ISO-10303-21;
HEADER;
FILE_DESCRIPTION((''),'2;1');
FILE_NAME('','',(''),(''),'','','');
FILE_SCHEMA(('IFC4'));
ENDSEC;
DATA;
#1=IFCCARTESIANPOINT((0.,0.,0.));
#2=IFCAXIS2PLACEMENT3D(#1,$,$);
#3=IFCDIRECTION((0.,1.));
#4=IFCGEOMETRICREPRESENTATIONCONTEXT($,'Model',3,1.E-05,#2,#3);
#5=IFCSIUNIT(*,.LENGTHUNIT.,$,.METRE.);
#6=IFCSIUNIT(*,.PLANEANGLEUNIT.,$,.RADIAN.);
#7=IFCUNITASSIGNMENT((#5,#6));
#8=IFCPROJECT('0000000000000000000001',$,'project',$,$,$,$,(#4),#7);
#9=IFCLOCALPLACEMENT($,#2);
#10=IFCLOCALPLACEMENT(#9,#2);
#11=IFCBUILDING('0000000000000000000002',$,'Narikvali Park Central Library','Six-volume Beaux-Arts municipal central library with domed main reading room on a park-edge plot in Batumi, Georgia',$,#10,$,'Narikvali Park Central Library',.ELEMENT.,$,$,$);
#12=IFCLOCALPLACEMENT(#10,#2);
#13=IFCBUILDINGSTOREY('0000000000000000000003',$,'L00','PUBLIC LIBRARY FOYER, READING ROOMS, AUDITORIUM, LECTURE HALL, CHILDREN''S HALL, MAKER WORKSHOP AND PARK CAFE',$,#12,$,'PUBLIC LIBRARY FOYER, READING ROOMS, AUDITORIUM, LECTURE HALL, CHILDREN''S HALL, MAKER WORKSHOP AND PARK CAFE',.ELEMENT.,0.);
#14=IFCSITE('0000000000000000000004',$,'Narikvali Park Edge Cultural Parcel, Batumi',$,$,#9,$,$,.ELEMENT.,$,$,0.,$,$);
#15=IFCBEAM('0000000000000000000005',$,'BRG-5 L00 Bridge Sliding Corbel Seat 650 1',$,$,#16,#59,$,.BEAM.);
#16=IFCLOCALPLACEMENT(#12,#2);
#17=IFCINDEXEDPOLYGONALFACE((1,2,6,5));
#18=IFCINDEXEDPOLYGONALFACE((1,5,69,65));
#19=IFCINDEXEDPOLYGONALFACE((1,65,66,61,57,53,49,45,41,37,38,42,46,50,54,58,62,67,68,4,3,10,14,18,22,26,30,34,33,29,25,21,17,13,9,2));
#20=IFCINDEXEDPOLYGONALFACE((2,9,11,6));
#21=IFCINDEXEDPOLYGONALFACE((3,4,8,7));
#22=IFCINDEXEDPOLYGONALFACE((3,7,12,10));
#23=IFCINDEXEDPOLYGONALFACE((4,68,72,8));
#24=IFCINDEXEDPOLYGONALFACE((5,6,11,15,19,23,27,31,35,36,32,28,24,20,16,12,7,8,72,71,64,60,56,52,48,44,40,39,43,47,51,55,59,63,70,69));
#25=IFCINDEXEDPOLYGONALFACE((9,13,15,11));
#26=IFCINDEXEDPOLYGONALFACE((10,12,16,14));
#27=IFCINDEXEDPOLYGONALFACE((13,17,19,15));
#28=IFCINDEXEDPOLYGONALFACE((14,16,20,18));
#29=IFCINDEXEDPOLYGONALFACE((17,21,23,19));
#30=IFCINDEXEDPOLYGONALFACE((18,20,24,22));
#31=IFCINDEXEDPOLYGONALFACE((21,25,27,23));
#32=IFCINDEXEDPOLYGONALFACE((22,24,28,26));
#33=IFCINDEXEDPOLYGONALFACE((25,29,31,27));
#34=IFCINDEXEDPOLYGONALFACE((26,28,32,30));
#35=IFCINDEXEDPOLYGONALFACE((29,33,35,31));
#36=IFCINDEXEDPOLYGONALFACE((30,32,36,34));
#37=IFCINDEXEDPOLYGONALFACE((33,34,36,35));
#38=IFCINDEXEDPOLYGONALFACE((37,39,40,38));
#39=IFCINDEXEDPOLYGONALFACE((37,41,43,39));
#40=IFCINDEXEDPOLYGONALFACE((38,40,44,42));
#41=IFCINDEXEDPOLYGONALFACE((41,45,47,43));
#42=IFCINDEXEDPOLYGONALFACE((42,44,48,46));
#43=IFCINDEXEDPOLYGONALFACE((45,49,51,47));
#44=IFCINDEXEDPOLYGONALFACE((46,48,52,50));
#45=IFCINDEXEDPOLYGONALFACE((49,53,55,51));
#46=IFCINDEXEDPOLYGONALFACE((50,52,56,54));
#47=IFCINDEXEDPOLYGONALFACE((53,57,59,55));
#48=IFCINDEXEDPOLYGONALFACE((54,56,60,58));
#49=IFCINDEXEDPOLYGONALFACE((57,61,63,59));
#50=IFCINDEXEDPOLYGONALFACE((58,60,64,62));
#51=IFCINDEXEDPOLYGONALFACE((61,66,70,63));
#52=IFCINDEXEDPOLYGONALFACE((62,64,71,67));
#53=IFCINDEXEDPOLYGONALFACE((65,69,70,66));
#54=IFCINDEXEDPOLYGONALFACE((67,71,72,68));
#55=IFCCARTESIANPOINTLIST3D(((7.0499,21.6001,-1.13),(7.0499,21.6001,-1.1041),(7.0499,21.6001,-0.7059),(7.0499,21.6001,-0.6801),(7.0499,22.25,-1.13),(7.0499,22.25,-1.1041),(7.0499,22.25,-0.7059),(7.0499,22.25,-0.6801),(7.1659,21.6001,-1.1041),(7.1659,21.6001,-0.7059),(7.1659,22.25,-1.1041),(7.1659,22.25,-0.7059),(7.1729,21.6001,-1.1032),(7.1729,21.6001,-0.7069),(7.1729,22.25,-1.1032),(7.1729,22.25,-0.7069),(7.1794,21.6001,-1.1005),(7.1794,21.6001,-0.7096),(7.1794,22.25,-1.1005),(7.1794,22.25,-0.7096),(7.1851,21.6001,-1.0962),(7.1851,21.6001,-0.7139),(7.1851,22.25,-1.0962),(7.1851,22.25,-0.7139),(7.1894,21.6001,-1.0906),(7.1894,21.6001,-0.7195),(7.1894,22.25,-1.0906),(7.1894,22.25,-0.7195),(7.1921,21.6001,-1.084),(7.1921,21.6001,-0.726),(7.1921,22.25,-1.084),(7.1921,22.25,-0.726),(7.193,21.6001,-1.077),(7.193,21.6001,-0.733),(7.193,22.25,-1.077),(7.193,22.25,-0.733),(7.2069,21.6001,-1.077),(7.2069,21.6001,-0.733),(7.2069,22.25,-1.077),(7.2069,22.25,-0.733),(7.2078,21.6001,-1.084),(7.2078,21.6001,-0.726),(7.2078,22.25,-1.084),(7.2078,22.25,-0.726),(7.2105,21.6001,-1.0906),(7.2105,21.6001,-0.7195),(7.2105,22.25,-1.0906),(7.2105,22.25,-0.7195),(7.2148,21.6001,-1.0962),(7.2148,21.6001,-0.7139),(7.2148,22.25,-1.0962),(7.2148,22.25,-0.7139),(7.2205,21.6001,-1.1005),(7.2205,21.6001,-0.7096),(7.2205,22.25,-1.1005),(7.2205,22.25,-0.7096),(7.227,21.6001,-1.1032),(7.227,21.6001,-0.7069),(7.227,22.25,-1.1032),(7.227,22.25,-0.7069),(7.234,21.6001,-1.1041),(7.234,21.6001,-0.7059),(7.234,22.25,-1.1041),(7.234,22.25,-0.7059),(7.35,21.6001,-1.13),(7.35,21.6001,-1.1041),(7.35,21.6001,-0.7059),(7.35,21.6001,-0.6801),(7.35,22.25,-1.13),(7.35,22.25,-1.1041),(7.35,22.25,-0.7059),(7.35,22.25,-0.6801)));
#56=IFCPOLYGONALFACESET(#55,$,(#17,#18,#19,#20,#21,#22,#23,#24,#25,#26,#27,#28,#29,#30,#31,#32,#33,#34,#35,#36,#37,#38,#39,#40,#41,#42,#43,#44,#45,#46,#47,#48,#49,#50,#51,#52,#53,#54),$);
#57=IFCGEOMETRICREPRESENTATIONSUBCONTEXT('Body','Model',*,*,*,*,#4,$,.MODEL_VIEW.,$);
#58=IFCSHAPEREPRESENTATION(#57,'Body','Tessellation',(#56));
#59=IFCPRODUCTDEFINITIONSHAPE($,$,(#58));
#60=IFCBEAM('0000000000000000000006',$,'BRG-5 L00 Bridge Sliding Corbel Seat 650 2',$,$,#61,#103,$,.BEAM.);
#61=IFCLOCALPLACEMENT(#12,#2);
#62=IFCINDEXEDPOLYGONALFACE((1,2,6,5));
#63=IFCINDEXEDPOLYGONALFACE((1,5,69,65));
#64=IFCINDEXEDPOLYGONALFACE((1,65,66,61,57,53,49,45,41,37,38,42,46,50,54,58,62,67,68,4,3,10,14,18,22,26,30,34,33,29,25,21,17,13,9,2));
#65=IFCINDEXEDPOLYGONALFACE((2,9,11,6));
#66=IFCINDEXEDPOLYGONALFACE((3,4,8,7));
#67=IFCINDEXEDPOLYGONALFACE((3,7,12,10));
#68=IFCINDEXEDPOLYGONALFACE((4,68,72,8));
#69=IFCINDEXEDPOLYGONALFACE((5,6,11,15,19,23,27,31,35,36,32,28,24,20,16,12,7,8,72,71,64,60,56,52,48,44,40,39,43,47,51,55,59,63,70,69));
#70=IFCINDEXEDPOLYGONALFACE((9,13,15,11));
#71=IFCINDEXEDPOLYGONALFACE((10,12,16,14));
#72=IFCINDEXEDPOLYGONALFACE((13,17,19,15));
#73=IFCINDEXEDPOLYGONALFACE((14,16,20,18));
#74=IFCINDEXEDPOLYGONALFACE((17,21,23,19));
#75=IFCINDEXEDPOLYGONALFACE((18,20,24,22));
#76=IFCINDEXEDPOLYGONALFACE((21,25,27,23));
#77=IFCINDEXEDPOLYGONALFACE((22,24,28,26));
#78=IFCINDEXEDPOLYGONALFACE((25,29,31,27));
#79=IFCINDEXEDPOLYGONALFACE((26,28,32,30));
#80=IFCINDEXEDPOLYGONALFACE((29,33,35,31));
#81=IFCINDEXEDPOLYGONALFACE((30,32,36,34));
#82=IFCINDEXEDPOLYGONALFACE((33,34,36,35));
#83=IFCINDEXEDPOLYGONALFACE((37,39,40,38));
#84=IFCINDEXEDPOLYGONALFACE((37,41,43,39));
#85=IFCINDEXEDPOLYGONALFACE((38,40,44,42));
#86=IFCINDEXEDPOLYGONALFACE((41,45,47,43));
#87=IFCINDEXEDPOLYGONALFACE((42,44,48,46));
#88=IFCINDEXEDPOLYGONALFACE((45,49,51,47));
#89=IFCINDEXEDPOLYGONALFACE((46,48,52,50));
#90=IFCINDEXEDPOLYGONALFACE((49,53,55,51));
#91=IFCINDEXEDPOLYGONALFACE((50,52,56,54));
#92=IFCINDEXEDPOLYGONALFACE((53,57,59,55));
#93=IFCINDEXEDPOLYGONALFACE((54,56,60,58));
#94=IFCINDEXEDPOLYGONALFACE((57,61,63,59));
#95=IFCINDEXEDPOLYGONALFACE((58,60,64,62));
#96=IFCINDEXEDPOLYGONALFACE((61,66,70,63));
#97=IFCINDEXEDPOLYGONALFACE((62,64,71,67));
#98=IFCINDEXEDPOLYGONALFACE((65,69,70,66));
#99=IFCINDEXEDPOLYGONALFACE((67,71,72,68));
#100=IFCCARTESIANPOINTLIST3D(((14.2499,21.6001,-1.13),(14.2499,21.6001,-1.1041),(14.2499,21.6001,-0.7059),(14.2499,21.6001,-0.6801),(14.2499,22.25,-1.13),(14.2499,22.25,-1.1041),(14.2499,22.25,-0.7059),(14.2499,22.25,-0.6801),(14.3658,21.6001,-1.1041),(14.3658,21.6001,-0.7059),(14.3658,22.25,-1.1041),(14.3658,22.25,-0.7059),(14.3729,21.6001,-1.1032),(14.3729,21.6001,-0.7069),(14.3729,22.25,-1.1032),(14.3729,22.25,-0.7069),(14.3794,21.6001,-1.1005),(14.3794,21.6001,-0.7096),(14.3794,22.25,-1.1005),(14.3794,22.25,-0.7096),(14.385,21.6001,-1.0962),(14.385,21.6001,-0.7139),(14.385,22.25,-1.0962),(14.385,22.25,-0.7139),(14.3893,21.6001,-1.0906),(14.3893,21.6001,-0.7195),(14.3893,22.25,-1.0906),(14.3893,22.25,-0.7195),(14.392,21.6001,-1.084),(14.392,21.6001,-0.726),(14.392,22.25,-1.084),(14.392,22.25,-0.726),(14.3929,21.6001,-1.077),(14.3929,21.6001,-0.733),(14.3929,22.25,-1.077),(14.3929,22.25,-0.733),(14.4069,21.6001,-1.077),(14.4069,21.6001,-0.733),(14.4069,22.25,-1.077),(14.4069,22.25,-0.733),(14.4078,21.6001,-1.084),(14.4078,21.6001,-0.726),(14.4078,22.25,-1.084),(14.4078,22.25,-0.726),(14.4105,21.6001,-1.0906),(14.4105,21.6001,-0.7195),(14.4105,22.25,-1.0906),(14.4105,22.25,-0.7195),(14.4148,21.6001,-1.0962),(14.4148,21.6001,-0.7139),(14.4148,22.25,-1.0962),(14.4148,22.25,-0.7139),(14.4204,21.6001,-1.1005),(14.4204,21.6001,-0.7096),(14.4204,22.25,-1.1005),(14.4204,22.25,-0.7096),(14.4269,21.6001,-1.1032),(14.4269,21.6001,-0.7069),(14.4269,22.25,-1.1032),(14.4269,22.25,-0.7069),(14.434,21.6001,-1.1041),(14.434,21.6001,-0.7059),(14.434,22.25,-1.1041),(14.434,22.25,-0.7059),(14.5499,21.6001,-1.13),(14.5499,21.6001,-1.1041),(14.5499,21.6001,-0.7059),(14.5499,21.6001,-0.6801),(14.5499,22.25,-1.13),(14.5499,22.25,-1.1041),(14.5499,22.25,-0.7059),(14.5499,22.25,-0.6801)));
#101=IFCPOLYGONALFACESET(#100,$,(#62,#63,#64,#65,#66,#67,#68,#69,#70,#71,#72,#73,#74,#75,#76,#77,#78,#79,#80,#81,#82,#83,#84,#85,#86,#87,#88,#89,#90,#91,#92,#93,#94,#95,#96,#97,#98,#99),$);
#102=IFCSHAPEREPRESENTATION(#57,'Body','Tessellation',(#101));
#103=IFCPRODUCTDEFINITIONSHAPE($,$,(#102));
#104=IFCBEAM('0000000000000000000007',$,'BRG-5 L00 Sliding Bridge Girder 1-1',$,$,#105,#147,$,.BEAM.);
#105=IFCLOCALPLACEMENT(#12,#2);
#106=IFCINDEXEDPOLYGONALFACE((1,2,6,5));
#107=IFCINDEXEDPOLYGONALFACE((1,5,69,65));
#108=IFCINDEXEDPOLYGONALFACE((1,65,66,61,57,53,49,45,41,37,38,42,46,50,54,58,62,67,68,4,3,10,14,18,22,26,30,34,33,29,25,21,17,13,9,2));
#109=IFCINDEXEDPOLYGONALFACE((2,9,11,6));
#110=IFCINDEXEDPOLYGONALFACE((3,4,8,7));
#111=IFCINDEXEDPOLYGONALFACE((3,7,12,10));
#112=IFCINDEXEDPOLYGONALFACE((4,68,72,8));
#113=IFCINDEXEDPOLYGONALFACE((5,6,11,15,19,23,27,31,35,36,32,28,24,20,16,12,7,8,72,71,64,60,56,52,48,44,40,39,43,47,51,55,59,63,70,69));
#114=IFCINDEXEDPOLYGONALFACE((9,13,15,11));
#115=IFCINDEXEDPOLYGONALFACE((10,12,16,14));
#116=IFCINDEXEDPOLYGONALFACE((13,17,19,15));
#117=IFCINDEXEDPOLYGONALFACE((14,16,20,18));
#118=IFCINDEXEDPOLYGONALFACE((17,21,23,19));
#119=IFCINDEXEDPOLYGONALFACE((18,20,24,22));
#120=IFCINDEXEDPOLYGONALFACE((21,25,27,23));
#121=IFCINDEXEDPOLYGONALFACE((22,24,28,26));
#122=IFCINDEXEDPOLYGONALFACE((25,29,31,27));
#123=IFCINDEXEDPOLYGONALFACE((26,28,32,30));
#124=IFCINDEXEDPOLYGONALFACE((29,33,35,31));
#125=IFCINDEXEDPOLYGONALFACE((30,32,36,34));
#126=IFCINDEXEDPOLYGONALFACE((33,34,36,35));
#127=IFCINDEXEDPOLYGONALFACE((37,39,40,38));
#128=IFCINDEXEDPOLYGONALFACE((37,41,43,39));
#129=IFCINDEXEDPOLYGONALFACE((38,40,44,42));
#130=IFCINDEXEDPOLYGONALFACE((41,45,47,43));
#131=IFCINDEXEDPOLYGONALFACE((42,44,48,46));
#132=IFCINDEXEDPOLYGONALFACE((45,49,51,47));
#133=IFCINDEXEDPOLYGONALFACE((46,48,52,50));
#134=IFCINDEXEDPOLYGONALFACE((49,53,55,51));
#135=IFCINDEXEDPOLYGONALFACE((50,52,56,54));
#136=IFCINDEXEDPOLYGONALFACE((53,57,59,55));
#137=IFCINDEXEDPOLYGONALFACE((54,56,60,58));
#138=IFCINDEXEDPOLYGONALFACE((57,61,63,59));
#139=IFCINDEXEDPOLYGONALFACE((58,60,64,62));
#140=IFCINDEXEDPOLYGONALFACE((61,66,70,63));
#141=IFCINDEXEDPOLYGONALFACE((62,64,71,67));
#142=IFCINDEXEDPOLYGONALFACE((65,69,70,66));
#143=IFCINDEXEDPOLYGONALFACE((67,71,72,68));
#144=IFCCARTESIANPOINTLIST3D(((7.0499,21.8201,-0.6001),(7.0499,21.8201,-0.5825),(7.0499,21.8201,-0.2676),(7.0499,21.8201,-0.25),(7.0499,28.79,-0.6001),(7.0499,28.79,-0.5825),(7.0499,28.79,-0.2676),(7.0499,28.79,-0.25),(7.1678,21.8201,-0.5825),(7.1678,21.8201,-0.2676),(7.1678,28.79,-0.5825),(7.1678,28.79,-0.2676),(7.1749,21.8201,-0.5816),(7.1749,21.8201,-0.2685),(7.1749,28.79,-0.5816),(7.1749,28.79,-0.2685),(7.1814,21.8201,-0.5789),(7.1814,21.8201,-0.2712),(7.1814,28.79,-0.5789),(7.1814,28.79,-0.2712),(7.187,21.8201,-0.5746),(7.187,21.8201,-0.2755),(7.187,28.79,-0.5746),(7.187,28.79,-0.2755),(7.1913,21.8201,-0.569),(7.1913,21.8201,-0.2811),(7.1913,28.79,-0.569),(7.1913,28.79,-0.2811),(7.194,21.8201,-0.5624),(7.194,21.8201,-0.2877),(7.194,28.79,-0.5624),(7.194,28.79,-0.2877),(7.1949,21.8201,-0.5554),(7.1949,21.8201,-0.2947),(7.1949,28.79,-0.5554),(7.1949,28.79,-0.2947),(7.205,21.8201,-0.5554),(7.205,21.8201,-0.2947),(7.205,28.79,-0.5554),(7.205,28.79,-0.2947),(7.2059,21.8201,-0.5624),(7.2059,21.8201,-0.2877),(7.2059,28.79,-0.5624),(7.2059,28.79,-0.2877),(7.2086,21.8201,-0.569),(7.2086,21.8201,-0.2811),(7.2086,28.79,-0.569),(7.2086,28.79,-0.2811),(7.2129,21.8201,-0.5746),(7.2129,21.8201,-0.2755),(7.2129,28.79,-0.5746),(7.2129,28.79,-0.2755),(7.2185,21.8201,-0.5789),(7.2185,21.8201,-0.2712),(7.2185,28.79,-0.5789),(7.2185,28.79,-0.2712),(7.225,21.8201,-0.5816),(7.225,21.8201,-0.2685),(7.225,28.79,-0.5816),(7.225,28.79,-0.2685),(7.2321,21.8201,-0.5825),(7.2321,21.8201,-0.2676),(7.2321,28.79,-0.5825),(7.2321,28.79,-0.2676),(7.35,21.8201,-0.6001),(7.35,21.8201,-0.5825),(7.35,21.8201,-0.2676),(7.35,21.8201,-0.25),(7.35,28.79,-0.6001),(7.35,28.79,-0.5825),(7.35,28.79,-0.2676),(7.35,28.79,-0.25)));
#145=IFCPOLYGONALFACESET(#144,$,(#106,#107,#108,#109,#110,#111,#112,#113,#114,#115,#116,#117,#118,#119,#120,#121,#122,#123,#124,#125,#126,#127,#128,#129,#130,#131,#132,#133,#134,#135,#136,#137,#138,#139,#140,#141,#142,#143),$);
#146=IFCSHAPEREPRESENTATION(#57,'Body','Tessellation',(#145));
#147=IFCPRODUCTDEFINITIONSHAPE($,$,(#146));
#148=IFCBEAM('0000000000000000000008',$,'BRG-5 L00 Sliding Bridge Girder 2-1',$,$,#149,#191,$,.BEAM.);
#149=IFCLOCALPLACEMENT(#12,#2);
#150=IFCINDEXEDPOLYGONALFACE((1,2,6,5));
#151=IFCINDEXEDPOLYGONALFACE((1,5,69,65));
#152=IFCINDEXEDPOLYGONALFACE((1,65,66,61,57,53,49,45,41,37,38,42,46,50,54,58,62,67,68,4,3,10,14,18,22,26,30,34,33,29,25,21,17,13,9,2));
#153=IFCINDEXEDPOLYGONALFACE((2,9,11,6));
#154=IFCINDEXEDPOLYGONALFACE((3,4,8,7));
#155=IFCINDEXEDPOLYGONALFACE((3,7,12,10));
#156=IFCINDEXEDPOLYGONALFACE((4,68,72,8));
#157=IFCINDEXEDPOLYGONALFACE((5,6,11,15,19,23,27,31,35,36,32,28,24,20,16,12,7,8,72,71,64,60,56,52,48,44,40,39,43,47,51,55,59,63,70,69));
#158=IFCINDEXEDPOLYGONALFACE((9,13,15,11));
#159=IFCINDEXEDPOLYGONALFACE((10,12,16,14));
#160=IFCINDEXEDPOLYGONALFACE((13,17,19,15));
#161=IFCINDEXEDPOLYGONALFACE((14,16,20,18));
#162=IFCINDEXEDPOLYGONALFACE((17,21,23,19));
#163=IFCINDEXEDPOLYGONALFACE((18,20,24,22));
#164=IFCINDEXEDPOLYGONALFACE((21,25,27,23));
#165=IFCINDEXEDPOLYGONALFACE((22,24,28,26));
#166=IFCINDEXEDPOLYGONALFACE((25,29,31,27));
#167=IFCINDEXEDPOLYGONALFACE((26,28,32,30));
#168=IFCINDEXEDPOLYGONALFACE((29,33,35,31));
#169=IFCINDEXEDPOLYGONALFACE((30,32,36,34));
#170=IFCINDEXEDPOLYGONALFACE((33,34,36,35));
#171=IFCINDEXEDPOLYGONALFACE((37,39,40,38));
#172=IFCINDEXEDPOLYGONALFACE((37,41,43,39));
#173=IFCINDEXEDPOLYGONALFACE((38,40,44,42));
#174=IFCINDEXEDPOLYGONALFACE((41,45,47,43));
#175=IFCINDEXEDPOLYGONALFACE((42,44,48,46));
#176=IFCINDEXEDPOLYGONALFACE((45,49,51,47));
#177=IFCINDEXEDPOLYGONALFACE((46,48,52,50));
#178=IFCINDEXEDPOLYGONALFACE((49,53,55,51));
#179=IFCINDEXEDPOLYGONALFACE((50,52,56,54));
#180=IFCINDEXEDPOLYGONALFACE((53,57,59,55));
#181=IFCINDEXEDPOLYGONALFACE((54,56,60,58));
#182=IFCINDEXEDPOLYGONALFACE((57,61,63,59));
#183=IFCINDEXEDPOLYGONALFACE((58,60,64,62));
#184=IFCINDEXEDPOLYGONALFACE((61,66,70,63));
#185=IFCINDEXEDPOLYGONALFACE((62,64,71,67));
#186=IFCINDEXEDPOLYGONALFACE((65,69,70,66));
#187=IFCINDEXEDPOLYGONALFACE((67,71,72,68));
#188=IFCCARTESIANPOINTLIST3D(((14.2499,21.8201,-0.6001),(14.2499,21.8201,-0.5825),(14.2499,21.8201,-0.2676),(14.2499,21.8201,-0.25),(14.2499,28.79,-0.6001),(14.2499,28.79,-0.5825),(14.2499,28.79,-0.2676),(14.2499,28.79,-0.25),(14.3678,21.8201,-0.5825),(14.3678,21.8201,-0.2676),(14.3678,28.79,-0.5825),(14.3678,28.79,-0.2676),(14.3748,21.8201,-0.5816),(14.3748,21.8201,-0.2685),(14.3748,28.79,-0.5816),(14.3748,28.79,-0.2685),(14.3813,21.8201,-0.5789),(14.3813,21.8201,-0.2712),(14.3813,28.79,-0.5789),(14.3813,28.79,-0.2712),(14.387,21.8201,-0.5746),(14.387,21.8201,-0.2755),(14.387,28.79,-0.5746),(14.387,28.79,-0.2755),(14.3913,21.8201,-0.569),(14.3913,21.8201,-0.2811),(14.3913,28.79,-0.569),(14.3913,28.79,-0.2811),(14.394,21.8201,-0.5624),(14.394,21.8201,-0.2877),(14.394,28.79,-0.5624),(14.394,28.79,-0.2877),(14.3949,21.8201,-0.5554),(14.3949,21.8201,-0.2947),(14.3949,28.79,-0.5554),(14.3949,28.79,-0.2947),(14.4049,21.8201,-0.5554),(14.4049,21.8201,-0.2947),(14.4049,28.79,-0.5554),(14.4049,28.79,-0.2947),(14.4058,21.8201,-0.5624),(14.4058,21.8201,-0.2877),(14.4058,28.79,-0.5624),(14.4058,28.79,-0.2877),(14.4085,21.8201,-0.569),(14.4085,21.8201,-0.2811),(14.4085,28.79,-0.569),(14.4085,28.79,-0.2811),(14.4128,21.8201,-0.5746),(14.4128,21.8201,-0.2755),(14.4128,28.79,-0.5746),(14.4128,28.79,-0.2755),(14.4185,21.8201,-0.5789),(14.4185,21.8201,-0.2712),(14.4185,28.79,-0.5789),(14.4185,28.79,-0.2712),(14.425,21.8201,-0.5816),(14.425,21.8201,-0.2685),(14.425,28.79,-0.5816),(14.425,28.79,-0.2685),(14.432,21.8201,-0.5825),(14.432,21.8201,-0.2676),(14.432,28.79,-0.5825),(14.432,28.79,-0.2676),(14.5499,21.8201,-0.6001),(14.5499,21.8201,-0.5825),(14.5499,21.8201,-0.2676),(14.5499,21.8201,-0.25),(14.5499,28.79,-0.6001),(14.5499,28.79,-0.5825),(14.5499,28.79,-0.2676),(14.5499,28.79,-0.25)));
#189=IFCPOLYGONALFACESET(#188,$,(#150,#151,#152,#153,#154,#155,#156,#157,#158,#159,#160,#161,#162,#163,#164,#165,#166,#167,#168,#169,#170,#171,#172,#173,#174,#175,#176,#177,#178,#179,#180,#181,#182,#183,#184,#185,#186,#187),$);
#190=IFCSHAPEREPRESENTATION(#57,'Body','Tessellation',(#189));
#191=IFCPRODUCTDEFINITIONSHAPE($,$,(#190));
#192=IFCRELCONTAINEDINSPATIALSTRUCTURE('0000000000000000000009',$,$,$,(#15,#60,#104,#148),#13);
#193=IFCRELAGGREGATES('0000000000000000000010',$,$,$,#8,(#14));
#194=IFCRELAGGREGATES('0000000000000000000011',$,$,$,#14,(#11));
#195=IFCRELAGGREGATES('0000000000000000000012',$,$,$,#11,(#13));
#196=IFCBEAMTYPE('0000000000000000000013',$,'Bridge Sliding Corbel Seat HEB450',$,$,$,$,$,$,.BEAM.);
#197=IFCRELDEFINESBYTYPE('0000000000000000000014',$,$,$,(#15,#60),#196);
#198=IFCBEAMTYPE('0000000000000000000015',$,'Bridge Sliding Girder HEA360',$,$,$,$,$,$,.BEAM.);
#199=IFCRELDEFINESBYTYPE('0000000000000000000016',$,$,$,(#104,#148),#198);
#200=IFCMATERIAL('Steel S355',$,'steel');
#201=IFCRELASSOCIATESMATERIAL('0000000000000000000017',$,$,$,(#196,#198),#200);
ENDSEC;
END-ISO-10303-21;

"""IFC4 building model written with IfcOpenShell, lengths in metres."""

from ifc_helpers import new_model, si_unit, direction, frame, origin, origin_2d, place, context, subcontext, project, spatial, i_section, extrude, material, material_profile, profile_set, type_object, element, save


model = new_model("IFC4")

# Units and contexts
model_context = context("Model", 3, precision=1e-05, world=origin(), true_north=direction((0.0, 1.0)))
body_context = subcontext(model_context, "Body", "Model", "MODEL_VIEW")
ifc_project = project(units=[si_unit("LENGTHUNIT", "METRE"), si_unit("PLANEANGLEUNIT", "RADIAN")], contexts=[model_context])

# Site, building, storey
site_placement = place(None, origin())
site = spatial("IfcSite", under=ifc_project, at=site_placement, Name="Narikvali Park Edge Cultural Parcel, Batumi", CompositionType="ELEMENT", RefElevation=0.0)
building_placement = place(site_placement, origin())
building = spatial("IfcBuilding", under=site, at=building_placement, Name="Narikvali Park Central Library", Description="Six-volume Beaux-Arts municipal central library with domed main reading room on a park-edge plot in Batumi, Georgia", LongName="Narikvali Park Central Library", CompositionType="ELEMENT")
storey_placement = place(building_placement, origin())
storey = spatial("IfcBuildingStorey", under=building, at=storey_placement, Name="L00", Description="PUBLIC LIBRARY FOYER, READING ROOMS, AUDITORIUM, LECTURE HALL, CHILDREN'S HALL, MAKER WORKSHOP AND PARK CAFE", LongName="PUBLIC LIBRARY FOYER, READING ROOMS, AUDITORIUM, LECTURE HALL, CHILDREN'S HALL, MAKER WORKSHOP AND PARK CAFE", CompositionType="ELEMENT", Elevation=0.0)

# Shared definitions
ifc_material_1 = material(Name="Steel S355", Category="steel")

# Beams
ifc_material_profile_1 = material_profile(ifc_material_1, i_section(OverallWidth=0.3, OverallDepth=0.45, WebThickness=0.0139, FlangeThickness=0.0259, FilletRadius=0.0271, at=origin_2d()), Name="HEB 450")
ifc_profile_set_1 = profile_set([ifc_material_profile_1], Name="Steel S355")
beam_type_1 = type_object("IfcBeamType", Name="Bridge Sliding Corbel Seat HEB450", PredefinedType="BEAM", material=ifc_profile_set_1)
for number, where, z_axis, x_axis, name in (
    (1, (7.2, 21.6001, -0.905), (0.0, 1.0, 0.0), (-1.0, 0.0, 0.0), "BRG-5 L00 Bridge Sliding Corbel Seat 650 1"),
    (2, (14.3999, 21.6001, -0.905), (0.0, 1.0, 0.0), (-1.0, 0.0, 0.0), "BRG-5 L00 Bridge Sliding Corbel Seat 650 2"),
):
    element("IfcBeam", number, at=place(storey_placement, frame(where, z_axis=z_axis, x_axis=x_axis)), inside=storey, type_object=beam_type_1, Name=name, PredefinedType="BEAM", context=body_context, shape_type="SweptSolid", body=[
        extrude(i_section(OverallWidth=0.3, OverallDepth=0.45, WebThickness=0.0139, FlangeThickness=0.0259, FilletRadius=0.0271, at=origin_2d()), origin(), (0.0, 0.0, 1.0), 0.6499),
    ])
ifc_material_profile_2 = material_profile(ifc_material_1, i_section(OverallWidth=0.3, OverallDepth=0.3501, WebThickness=0.01, FlangeThickness=0.0176, FilletRadius=0.0271, at=origin_2d()), Name="HEA 360")
ifc_profile_set_2 = profile_set([ifc_material_profile_2], Name="Steel S355")
beam_type_2 = type_object("IfcBeamType", Name="Bridge Sliding Girder HEA360", PredefinedType="BEAM", material=ifc_profile_set_2)
for number, where, z_axis, x_axis, name in (
    (3, (7.2, 21.8201, -0.425), (0.0, 1.0, 0.0), (-1.0, 0.0, 0.0), "BRG-5 L00 Sliding Bridge Girder 1-1"),
    (4, (14.3999, 21.8201, -0.425), (0.0, 1.0, 0.0), (-1.0, 0.0, 0.0), "BRG-5 L00 Sliding Bridge Girder 2-1"),
):
    element("IfcBeam", number, at=place(storey_placement, frame(where, z_axis=z_axis, x_axis=x_axis)), inside=storey, type_object=beam_type_2, Name=name, PredefinedType="BEAM", context=body_context, shape_type="SweptSolid", body=[
        extrude(i_section(OverallWidth=0.3, OverallDepth=0.3501, WebThickness=0.01, FlangeThickness=0.0176, FilletRadius=0.0271, at=origin_2d()), origin(), (0.0, 0.0, 1.0), 6.97),
    ])

save(model, "model.ifc")
